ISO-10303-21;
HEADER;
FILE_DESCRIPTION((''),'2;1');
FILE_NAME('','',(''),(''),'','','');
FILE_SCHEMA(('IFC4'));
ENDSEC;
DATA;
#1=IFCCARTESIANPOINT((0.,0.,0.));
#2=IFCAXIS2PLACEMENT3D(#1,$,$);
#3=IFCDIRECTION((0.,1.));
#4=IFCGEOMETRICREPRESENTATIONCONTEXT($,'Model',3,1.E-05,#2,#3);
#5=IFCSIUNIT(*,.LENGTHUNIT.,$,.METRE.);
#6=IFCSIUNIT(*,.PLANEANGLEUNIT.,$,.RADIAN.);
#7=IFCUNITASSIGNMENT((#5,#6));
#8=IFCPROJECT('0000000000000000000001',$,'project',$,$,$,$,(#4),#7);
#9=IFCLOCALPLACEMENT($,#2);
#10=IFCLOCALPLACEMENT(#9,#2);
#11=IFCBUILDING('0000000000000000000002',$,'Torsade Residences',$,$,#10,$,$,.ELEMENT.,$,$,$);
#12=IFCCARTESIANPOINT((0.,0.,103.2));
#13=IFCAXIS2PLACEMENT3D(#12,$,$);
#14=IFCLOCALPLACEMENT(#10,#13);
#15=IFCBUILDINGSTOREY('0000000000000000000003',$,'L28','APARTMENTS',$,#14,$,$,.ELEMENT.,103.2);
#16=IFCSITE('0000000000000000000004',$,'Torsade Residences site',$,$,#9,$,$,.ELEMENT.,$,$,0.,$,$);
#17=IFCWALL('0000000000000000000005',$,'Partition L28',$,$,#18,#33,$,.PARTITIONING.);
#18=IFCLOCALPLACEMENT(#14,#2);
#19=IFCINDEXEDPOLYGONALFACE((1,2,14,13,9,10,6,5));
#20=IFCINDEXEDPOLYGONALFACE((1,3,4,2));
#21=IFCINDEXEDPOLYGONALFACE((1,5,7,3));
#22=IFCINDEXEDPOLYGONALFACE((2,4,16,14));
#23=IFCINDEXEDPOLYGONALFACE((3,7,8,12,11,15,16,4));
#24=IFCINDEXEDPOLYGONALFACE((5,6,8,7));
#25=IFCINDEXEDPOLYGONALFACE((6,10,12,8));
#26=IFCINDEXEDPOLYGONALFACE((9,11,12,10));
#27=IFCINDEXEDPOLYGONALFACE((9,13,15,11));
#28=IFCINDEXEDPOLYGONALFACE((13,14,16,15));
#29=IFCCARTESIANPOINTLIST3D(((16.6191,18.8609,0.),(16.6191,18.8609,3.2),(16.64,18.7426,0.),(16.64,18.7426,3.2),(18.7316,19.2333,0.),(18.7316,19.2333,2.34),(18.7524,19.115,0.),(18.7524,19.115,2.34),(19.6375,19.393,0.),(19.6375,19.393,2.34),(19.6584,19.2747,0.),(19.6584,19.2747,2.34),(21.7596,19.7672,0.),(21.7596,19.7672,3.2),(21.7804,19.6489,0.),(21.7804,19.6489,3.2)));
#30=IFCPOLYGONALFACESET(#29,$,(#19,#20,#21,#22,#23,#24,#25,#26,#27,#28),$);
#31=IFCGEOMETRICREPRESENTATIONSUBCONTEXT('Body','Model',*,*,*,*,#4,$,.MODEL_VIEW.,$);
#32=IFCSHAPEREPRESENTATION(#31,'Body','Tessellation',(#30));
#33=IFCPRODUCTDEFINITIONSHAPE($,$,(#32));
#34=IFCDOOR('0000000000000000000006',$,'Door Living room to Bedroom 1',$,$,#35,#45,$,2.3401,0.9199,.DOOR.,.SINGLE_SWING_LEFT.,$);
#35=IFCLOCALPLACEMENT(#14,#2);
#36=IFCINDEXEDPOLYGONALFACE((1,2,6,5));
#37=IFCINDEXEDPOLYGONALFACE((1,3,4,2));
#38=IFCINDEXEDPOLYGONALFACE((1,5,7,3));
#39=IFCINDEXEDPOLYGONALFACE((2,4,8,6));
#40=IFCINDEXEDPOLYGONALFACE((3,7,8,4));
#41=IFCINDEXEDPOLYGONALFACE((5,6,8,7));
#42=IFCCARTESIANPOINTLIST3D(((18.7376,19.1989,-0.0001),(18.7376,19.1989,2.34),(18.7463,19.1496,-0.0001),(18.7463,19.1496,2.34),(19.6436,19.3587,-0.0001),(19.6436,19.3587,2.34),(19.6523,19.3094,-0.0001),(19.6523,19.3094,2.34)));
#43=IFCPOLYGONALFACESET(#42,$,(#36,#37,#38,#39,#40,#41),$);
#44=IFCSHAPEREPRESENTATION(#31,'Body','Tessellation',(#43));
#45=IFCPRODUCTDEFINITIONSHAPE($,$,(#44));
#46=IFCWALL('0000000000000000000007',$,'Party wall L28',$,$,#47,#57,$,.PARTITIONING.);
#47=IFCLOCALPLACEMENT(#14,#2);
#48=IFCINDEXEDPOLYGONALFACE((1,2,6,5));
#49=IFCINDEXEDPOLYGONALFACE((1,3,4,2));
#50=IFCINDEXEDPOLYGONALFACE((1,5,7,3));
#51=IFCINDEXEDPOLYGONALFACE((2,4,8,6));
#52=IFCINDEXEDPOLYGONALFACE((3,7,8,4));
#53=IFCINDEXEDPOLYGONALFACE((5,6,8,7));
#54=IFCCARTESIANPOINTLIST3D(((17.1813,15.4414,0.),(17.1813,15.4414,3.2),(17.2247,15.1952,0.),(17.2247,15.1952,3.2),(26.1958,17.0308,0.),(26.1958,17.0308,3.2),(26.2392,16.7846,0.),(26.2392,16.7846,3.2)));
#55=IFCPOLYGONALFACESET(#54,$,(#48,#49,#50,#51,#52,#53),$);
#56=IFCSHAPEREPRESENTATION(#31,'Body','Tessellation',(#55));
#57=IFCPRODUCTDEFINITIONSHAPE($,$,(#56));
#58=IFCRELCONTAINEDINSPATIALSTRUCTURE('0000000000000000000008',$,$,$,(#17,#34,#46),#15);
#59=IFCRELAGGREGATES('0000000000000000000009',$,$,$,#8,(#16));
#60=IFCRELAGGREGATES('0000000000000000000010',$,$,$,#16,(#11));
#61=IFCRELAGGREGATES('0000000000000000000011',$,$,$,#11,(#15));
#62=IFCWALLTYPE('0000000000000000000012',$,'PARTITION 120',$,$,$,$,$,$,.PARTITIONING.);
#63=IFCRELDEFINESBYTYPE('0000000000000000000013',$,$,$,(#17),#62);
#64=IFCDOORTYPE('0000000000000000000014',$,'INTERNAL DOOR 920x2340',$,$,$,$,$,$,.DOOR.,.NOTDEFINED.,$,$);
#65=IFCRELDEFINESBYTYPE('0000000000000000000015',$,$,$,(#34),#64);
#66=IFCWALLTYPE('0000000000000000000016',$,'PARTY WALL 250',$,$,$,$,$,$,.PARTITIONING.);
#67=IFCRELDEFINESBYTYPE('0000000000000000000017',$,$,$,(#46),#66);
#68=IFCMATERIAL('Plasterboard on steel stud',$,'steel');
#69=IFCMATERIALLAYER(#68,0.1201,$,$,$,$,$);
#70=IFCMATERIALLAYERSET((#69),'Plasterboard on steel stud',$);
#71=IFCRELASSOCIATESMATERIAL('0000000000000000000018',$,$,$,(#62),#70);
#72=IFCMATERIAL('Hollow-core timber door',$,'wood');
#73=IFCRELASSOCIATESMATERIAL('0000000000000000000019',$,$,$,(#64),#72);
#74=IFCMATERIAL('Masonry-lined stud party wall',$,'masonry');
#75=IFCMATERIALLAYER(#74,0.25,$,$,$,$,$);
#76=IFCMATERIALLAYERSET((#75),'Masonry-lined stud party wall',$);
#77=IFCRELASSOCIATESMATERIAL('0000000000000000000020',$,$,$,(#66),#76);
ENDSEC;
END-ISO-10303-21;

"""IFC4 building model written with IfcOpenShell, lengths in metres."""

from ifc_helpers import new_model, si_unit, direction, frame, frame_2d, origin, place, context, subcontext, project, spatial, rectangle, extrude, material, layer, layer_set, type_object, element, fill, save


model = new_model("IFC4")

# Units and contexts
model_context = context("Model", 3, precision=1e-05, world=origin(), true_north=direction((0.0, 1.0)))
body_context = subcontext(model_context, "Body", "Model", "MODEL_VIEW")
ifc_project = project(units=[si_unit("LENGTHUNIT", "METRE"), si_unit("PLANEANGLEUNIT", "RADIAN")], contexts=[model_context])

# Site, building, storey
site_placement = place(None, origin())
site = spatial("IfcSite", under=ifc_project, at=site_placement, Name="Torsade Residences site", CompositionType="ELEMENT", RefElevation=0.0)
building_placement = place(site_placement, origin())
building = spatial("IfcBuilding", under=site, at=building_placement, Name="Torsade Residences", CompositionType="ELEMENT")
storey_placement = place(building_placement, frame((0.0, 0.0, 103.2)))
storey = spatial("IfcBuildingStorey", under=building, at=storey_placement, Name="L28", Description="APARTMENTS", CompositionType="ELEMENT", Elevation=103.2)

# Wall, opening, door
ifc_material_1 = material(Name="Plasterboard on steel stud", Category="steel")
ifc_layer_1 = layer(ifc_material_1, 0.1201)
ifc_layer_set_1 = layer_set([ifc_layer_1], Name="Plasterboard on steel stud")
wall_type_1 = type_object("IfcWallType", Name="PARTITION 120", PredefinedType="PARTITIONING", material=ifc_layer_set_1)
wall_1_placement = place(storey_placement, frame((21.77, 19.708, 0.0), z_axis=(0.0, 0.0, 1.0), x_axis=(-0.984812, -0.173623, 0.0)))
wall_1 = element("IfcWall", 1, at=wall_1_placement, inside=storey, type_object=wall_type_1, Name="Partition L28", PredefinedType="PARTITIONING", context=body_context, shape_type="SweptSolid", body=[
    extrude(rectangle(XDim=5.2197, YDim=0.1201, at=frame_2d((2.6099, 0.0))), origin(), (0.0, 0.0, 1.0), 3.2),
])
opening_1_placement = place(wall_1_placement, frame((2.1548, 0.0, 0.0)))
opening_1 = element("IfcOpeningElement", 2, at=opening_1_placement, cuts=wall_1, PredefinedType="OPENING", context=body_context, shape_type="SweptSolid", body=[
    extrude(rectangle(XDim=0.9199, YDim=2.3401, at=frame_2d((0.46, 1.1699))), frame((0.0, 0.0701, 0.0), z_axis=(0.0, -1.0, 0.0), x_axis=(1.0, 0.0, 0.0)), (0.0, 0.0, 1.0), 0.1401),
])
ifc_material_2 = material(Name="Hollow-core timber door", Category="wood")
door_type_1 = type_object("IfcDoorType", Name="INTERNAL DOOR 920x2340", OperationType="NOTDEFINED", PredefinedType="DOOR", material=ifc_material_2)
door_1_placement = place(opening_1_placement, origin())
door_1 = element("IfcDoor", 3, at=door_1_placement, inside=storey, type_object=door_type_1, Name="Door Living room to Bedroom 1", OperationType="SINGLE_SWING_LEFT", OverallHeight=2.3401, OverallWidth=0.9199, PredefinedType="DOOR", context=body_context, shape_type="SweptSolid", body=[
    extrude(rectangle(XDim=0.9199, YDim=2.3401, at=frame_2d((0.46, 1.1699))), frame((0.0, 0.0249, 0.0), z_axis=(0.0, -1.0, 0.0), x_axis=(1.0, 0.0, 0.0)), (0.0, 0.0, 1.0), 0.05),
])
fill(opening_1, door_1)

# Wall
ifc_material_3 = material(Name="Masonry-lined stud party wall", Category="masonry")
ifc_layer_2 = layer(ifc_material_3, 0.25)
ifc_layer_set_2 = layer_set([ifc_layer_2], Name="Masonry-lined stud party wall")
wall_type_2 = type_object("IfcWallType", Name="PARTY WALL 250", PredefinedType="PARTITIONING", material=ifc_layer_set_2)
wall_2_placement = place(storey_placement, frame((17.2031, 15.3184, 0.0), z_axis=(0.0, 0.0, 1.0), x_axis=(0.984811, 0.17363, 0.0)))
element("IfcWall", 4, at=wall_2_placement, inside=storey, type_object=wall_type_2, Name="Party wall L28", PredefinedType="PARTITIONING", context=body_context, shape_type="SweptSolid", body=[
    extrude(rectangle(XDim=9.1536, YDim=0.25, at=frame_2d((4.5767, 0.0))), origin(), (0.0, 0.0, 1.0), 3.2),
])

save(model, "model.ifc")
